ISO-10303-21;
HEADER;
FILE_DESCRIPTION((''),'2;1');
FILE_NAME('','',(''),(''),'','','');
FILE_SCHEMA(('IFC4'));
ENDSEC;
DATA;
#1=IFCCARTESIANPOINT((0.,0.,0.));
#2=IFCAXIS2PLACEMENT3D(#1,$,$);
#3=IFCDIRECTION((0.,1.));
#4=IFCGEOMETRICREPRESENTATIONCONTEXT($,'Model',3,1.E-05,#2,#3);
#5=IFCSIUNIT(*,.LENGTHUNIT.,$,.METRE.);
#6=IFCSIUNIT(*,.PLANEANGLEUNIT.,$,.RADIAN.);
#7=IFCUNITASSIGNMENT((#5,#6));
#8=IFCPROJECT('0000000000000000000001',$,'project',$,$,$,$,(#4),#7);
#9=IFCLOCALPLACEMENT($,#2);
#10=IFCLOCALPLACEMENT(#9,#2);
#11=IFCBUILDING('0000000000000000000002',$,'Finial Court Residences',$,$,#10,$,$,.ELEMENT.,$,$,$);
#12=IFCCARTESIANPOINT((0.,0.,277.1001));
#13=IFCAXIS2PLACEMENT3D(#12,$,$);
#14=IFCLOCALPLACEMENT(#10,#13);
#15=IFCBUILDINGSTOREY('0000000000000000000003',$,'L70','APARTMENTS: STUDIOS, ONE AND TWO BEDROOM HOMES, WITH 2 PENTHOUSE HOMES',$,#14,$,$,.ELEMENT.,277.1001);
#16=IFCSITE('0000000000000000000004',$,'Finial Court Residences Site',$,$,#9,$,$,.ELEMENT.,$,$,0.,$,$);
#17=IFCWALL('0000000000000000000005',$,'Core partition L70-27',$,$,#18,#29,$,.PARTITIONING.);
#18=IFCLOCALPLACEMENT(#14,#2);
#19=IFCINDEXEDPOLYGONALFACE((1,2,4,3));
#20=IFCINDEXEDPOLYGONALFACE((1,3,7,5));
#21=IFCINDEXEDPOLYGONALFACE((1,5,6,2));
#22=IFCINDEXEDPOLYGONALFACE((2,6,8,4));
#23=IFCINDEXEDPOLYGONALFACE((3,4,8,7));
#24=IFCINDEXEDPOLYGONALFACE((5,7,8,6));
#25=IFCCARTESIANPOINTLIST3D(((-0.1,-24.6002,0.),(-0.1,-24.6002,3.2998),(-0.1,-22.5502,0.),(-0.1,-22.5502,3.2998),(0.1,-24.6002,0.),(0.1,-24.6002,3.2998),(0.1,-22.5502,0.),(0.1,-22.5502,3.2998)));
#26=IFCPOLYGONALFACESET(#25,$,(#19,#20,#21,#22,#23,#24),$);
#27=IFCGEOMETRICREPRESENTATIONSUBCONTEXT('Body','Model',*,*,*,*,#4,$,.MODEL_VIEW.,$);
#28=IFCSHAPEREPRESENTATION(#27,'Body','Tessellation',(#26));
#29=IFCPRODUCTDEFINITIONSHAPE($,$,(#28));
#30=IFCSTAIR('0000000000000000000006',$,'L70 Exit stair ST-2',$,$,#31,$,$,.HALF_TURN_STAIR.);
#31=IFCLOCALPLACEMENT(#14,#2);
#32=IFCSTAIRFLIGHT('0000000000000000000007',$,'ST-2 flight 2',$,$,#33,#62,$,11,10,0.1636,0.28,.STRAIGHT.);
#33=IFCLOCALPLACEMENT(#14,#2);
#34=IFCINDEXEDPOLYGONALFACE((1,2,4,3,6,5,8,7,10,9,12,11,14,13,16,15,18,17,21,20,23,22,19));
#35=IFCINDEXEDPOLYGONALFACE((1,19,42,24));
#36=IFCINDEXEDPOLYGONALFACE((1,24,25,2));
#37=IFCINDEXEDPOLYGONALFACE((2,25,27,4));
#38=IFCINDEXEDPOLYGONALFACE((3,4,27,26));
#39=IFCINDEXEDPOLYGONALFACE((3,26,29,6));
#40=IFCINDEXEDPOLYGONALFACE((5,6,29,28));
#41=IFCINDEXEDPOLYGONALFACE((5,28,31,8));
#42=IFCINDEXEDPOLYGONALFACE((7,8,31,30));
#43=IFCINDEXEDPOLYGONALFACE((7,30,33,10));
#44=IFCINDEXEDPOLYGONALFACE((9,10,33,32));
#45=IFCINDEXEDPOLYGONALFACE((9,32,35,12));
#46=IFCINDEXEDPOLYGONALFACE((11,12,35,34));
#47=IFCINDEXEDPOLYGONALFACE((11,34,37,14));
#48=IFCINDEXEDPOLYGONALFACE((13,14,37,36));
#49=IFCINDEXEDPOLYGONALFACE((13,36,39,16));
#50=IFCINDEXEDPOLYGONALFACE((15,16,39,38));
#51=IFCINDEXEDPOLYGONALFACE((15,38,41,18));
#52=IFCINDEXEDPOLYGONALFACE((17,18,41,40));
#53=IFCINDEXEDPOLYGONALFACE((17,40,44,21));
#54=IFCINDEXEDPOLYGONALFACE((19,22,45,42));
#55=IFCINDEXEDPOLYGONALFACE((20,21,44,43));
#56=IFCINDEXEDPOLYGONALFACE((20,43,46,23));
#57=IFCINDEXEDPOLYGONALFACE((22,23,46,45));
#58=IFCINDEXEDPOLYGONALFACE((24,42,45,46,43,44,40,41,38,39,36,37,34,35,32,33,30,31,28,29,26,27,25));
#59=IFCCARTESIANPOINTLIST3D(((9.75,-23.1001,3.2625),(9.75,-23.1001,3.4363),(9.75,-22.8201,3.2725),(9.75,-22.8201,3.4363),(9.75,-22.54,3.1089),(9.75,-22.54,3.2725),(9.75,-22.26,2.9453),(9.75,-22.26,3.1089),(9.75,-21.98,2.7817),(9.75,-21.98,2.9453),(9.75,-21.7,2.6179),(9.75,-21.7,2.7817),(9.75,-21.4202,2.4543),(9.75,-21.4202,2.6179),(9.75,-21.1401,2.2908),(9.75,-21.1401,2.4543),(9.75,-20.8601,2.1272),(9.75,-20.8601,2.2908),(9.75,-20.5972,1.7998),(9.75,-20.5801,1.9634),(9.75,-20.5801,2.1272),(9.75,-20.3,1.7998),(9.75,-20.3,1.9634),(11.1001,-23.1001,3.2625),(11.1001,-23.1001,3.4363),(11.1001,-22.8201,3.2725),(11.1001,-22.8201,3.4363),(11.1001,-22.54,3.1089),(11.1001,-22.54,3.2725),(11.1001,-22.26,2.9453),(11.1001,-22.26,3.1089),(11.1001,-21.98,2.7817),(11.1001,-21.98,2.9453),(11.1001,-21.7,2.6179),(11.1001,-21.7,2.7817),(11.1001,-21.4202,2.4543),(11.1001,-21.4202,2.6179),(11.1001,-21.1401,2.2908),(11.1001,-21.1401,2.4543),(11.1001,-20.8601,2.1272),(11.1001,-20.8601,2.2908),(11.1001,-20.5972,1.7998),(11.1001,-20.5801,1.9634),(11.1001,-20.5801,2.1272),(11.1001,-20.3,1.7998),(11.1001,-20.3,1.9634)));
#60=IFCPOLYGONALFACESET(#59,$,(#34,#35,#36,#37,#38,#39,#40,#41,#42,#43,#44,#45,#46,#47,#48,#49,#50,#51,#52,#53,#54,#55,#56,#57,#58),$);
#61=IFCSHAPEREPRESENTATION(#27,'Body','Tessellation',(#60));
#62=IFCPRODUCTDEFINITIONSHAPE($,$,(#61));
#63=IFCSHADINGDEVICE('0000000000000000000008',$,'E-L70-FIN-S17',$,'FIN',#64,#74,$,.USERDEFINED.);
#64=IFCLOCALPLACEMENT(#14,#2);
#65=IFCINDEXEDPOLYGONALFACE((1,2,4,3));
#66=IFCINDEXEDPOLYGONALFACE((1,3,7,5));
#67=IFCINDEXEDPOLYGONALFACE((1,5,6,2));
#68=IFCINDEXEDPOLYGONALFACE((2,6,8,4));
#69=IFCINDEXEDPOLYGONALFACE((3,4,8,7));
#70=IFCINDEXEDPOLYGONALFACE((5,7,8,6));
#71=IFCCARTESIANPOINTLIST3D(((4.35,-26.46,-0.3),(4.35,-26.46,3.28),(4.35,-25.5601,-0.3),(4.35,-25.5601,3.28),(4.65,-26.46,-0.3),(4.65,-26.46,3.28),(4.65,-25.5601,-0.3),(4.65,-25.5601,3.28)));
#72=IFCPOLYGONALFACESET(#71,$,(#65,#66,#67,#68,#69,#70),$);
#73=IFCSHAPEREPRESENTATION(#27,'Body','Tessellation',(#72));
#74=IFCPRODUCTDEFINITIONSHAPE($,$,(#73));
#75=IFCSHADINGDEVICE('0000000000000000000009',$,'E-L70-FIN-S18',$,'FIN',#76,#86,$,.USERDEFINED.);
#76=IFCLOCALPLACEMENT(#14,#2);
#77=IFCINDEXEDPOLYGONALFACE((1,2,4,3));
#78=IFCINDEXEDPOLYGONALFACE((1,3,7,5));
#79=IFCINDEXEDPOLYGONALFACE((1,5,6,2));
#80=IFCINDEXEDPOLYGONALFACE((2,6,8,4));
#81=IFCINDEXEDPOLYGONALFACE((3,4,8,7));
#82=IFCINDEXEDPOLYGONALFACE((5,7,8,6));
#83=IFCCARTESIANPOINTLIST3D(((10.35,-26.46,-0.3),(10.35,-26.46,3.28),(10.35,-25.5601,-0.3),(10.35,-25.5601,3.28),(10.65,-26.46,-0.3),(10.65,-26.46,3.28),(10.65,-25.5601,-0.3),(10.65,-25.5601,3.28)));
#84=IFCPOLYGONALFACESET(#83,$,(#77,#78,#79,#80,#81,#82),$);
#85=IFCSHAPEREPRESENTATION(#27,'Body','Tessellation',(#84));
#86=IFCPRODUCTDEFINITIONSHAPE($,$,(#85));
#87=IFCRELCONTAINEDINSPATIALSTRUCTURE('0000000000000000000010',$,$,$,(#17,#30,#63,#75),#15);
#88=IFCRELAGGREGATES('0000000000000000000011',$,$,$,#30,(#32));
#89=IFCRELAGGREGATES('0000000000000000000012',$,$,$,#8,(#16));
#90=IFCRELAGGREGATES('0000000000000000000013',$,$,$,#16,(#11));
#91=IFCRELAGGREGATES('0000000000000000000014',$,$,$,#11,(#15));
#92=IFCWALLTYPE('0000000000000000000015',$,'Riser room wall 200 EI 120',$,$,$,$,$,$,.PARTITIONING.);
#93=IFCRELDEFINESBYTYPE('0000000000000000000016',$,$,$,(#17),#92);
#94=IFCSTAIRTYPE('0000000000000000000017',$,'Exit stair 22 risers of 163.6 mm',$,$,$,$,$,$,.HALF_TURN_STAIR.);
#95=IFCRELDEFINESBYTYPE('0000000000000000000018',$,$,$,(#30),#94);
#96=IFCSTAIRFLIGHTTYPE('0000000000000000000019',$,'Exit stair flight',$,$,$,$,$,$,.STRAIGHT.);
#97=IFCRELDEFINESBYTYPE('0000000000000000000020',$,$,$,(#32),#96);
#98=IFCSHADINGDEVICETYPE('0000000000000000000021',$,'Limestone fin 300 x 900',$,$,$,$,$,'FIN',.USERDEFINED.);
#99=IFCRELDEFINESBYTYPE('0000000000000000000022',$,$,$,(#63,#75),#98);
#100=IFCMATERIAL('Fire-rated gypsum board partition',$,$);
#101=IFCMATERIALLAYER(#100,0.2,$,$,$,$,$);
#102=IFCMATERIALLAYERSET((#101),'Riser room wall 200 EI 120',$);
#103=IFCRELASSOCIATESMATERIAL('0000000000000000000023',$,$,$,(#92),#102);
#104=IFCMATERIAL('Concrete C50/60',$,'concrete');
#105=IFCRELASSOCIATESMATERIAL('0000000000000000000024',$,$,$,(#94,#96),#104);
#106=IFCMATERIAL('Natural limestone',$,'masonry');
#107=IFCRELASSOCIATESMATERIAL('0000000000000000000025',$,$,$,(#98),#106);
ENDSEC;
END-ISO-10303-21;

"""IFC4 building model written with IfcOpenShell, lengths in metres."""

from ifc_helpers import new_model, si_unit, direction, frame, frame_2d, origin, origin_2d, place, context, subcontext, project, spatial, polyline, rectangle, outline, extrude, material, layer, layer_set, type_object, element, aggregate, save


model = new_model("IFC4")

# Units and contexts
model_context = context("Model", 3, precision=1e-05, world=origin(), true_north=direction((0.0, 1.0)))
body_context = subcontext(model_context, "Body", "Model", "MODEL_VIEW")
ifc_project = project(units=[si_unit("LENGTHUNIT", "METRE"), si_unit("PLANEANGLEUNIT", "RADIAN")], contexts=[model_context])

# Site, building, storey
site_placement = place(None, origin())
site = spatial("IfcSite", under=ifc_project, at=site_placement, Name="Finial Court Residences Site", CompositionType="ELEMENT", RefElevation=0.0)
building_placement = place(site_placement, origin())
building = spatial("IfcBuilding", under=site, at=building_placement, Name="Finial Court Residences", CompositionType="ELEMENT")
storey_placement = place(building_placement, frame((0.0, 0.0, 277.1001)))
storey = spatial("IfcBuildingStorey", under=building, at=storey_placement, Name="L70", Description="APARTMENTS: STUDIOS, ONE AND TWO BEDROOM HOMES, WITH 2 PENTHOUSE HOMES", CompositionType="ELEMENT", Elevation=277.1001)

# Shared definitions
ifc_material_1 = material(Name="Fire-rated gypsum board partition")

# Shared definitions
ifc_material_2 = material(Name="Concrete C50/60", Category="concrete")

# Wall
ifc_layer_1 = layer(ifc_material_1, 0.2)
ifc_layer_set_1 = layer_set([ifc_layer_1], Name="Riser room wall 200 EI 120")
wall_type_1 = type_object("IfcWallType", Name="Riser room wall 200 EI 120", PredefinedType="PARTITIONING", material=ifc_layer_set_1)
wall_1_placement = place(storey_placement, frame((0.0, -24.6001, 0.0), z_axis=(0.0, 0.0, 1.0), x_axis=(0.0, 1.0, 0.0)))
element("IfcWall", 1, at=wall_1_placement, inside=storey, type_object=wall_type_1, Name="Core partition L70-27", PredefinedType="PARTITIONING", context=body_context, shape_type="SweptSolid", body=[
    extrude(rectangle(XDim=2.05, YDim=0.2, at=frame_2d((1.0249, 0.0))), origin(), (0.0, 0.0, 1.0), 3.2998),
])

# Stair, stair flight
stair_type = type_object("IfcStairType", Name="Exit stair 22 risers of 163.6 mm", PredefinedType="HALF_TURN_STAIR", material=ifc_material_2)
stair_placement = place(storey_placement, origin())
stair = element("IfcStair", 2, at=stair_placement, inside=storey, type_object=stair_type, Name="L70 Exit stair ST-2", PredefinedType="HALF_TURN_STAIR")
stair_flight_type = type_object("IfcStairFlightType", Name="Exit stair flight", PredefinedType="STRAIGHT", material=ifc_material_2)
stair_flight_placement = place(storey_placement, frame((10.425, -20.3, 1.7998), z_axis=(0.0, 0.0, 1.0), x_axis=(0.0, -1.0, 0.0)))
stair_flight = element("IfcStairFlight", 3, at=stair_flight_placement, type_object=stair_flight_type, Name="ST-2 flight 2", NumberOfRisers=11, NumberOfTreads=10, PredefinedType="STRAIGHT", RiserHeight=0.1636, TreadLength=0.28, context=body_context, shape_type="SweptSolid", body=[
    extrude(outline(polyline([(0.0, 0.0), (0.0, 0.1636), (0.28, 0.1636), (0.28, 0.3274), (0.5601, 0.3274), (0.5601, 0.491), (0.8401, 0.491), (0.8401, 0.6545), (1.1201, 0.6545), (1.1201, 0.8181), (1.3999, 0.8181), (1.3999, 0.9819), (1.6799, 0.9819), (1.6799, 1.1455), (1.96, 1.1455), (1.96, 1.3091), (2.24, 1.3091), (2.24, 1.4727), (2.52, 1.4727), (2.52, 1.6365), (2.8, 1.6365), (2.8, 1.8), (2.8, 1.4626), (0.2971, 0.0), (0.0, 0.0)])), frame((0.0, 0.675, 0.0), z_axis=(0.0, -1.0, 0.0), x_axis=(1.0, 0.0, 0.0)), (0.0, 0.0, 1.0), 1.3501),
])
aggregate(stair, [stair_flight])

# Shading devices
ifc_material_3 = material(Name="Natural limestone", Category="masonry")
shading_device_type = type_object("IfcShadingDeviceType", Name="Limestone fin 300 x 900", ElementType="FIN", PredefinedType="USERDEFINED", material=ifc_material_3)
for number, where, z_axis, x_axis, name in (
    (4, (4.5, -26.01, -0.3), (0.0, 0.0, 1.0), (1.0, 0.0, 0.0), "E-L70-FIN-S17"),
    (5, (10.5, -26.01, -0.3), (0.0, 0.0, 1.0), (1.0, 0.0, 0.0), "E-L70-FIN-S18"),
):
    element("IfcShadingDevice", number, at=place(storey_placement, frame(where, z_axis=z_axis, x_axis=x_axis)), inside=storey, type_object=shading_device_type, Name=name, ObjectType="FIN", PredefinedType="USERDEFINED", context=body_context, shape_type="SweptSolid", body=[
        extrude(rectangle(XDim=0.3, YDim=0.8999, at=origin_2d()), origin(), (0.0, 0.0, 1.0), 3.5801),
    ])

save(model, "model.ifc")
